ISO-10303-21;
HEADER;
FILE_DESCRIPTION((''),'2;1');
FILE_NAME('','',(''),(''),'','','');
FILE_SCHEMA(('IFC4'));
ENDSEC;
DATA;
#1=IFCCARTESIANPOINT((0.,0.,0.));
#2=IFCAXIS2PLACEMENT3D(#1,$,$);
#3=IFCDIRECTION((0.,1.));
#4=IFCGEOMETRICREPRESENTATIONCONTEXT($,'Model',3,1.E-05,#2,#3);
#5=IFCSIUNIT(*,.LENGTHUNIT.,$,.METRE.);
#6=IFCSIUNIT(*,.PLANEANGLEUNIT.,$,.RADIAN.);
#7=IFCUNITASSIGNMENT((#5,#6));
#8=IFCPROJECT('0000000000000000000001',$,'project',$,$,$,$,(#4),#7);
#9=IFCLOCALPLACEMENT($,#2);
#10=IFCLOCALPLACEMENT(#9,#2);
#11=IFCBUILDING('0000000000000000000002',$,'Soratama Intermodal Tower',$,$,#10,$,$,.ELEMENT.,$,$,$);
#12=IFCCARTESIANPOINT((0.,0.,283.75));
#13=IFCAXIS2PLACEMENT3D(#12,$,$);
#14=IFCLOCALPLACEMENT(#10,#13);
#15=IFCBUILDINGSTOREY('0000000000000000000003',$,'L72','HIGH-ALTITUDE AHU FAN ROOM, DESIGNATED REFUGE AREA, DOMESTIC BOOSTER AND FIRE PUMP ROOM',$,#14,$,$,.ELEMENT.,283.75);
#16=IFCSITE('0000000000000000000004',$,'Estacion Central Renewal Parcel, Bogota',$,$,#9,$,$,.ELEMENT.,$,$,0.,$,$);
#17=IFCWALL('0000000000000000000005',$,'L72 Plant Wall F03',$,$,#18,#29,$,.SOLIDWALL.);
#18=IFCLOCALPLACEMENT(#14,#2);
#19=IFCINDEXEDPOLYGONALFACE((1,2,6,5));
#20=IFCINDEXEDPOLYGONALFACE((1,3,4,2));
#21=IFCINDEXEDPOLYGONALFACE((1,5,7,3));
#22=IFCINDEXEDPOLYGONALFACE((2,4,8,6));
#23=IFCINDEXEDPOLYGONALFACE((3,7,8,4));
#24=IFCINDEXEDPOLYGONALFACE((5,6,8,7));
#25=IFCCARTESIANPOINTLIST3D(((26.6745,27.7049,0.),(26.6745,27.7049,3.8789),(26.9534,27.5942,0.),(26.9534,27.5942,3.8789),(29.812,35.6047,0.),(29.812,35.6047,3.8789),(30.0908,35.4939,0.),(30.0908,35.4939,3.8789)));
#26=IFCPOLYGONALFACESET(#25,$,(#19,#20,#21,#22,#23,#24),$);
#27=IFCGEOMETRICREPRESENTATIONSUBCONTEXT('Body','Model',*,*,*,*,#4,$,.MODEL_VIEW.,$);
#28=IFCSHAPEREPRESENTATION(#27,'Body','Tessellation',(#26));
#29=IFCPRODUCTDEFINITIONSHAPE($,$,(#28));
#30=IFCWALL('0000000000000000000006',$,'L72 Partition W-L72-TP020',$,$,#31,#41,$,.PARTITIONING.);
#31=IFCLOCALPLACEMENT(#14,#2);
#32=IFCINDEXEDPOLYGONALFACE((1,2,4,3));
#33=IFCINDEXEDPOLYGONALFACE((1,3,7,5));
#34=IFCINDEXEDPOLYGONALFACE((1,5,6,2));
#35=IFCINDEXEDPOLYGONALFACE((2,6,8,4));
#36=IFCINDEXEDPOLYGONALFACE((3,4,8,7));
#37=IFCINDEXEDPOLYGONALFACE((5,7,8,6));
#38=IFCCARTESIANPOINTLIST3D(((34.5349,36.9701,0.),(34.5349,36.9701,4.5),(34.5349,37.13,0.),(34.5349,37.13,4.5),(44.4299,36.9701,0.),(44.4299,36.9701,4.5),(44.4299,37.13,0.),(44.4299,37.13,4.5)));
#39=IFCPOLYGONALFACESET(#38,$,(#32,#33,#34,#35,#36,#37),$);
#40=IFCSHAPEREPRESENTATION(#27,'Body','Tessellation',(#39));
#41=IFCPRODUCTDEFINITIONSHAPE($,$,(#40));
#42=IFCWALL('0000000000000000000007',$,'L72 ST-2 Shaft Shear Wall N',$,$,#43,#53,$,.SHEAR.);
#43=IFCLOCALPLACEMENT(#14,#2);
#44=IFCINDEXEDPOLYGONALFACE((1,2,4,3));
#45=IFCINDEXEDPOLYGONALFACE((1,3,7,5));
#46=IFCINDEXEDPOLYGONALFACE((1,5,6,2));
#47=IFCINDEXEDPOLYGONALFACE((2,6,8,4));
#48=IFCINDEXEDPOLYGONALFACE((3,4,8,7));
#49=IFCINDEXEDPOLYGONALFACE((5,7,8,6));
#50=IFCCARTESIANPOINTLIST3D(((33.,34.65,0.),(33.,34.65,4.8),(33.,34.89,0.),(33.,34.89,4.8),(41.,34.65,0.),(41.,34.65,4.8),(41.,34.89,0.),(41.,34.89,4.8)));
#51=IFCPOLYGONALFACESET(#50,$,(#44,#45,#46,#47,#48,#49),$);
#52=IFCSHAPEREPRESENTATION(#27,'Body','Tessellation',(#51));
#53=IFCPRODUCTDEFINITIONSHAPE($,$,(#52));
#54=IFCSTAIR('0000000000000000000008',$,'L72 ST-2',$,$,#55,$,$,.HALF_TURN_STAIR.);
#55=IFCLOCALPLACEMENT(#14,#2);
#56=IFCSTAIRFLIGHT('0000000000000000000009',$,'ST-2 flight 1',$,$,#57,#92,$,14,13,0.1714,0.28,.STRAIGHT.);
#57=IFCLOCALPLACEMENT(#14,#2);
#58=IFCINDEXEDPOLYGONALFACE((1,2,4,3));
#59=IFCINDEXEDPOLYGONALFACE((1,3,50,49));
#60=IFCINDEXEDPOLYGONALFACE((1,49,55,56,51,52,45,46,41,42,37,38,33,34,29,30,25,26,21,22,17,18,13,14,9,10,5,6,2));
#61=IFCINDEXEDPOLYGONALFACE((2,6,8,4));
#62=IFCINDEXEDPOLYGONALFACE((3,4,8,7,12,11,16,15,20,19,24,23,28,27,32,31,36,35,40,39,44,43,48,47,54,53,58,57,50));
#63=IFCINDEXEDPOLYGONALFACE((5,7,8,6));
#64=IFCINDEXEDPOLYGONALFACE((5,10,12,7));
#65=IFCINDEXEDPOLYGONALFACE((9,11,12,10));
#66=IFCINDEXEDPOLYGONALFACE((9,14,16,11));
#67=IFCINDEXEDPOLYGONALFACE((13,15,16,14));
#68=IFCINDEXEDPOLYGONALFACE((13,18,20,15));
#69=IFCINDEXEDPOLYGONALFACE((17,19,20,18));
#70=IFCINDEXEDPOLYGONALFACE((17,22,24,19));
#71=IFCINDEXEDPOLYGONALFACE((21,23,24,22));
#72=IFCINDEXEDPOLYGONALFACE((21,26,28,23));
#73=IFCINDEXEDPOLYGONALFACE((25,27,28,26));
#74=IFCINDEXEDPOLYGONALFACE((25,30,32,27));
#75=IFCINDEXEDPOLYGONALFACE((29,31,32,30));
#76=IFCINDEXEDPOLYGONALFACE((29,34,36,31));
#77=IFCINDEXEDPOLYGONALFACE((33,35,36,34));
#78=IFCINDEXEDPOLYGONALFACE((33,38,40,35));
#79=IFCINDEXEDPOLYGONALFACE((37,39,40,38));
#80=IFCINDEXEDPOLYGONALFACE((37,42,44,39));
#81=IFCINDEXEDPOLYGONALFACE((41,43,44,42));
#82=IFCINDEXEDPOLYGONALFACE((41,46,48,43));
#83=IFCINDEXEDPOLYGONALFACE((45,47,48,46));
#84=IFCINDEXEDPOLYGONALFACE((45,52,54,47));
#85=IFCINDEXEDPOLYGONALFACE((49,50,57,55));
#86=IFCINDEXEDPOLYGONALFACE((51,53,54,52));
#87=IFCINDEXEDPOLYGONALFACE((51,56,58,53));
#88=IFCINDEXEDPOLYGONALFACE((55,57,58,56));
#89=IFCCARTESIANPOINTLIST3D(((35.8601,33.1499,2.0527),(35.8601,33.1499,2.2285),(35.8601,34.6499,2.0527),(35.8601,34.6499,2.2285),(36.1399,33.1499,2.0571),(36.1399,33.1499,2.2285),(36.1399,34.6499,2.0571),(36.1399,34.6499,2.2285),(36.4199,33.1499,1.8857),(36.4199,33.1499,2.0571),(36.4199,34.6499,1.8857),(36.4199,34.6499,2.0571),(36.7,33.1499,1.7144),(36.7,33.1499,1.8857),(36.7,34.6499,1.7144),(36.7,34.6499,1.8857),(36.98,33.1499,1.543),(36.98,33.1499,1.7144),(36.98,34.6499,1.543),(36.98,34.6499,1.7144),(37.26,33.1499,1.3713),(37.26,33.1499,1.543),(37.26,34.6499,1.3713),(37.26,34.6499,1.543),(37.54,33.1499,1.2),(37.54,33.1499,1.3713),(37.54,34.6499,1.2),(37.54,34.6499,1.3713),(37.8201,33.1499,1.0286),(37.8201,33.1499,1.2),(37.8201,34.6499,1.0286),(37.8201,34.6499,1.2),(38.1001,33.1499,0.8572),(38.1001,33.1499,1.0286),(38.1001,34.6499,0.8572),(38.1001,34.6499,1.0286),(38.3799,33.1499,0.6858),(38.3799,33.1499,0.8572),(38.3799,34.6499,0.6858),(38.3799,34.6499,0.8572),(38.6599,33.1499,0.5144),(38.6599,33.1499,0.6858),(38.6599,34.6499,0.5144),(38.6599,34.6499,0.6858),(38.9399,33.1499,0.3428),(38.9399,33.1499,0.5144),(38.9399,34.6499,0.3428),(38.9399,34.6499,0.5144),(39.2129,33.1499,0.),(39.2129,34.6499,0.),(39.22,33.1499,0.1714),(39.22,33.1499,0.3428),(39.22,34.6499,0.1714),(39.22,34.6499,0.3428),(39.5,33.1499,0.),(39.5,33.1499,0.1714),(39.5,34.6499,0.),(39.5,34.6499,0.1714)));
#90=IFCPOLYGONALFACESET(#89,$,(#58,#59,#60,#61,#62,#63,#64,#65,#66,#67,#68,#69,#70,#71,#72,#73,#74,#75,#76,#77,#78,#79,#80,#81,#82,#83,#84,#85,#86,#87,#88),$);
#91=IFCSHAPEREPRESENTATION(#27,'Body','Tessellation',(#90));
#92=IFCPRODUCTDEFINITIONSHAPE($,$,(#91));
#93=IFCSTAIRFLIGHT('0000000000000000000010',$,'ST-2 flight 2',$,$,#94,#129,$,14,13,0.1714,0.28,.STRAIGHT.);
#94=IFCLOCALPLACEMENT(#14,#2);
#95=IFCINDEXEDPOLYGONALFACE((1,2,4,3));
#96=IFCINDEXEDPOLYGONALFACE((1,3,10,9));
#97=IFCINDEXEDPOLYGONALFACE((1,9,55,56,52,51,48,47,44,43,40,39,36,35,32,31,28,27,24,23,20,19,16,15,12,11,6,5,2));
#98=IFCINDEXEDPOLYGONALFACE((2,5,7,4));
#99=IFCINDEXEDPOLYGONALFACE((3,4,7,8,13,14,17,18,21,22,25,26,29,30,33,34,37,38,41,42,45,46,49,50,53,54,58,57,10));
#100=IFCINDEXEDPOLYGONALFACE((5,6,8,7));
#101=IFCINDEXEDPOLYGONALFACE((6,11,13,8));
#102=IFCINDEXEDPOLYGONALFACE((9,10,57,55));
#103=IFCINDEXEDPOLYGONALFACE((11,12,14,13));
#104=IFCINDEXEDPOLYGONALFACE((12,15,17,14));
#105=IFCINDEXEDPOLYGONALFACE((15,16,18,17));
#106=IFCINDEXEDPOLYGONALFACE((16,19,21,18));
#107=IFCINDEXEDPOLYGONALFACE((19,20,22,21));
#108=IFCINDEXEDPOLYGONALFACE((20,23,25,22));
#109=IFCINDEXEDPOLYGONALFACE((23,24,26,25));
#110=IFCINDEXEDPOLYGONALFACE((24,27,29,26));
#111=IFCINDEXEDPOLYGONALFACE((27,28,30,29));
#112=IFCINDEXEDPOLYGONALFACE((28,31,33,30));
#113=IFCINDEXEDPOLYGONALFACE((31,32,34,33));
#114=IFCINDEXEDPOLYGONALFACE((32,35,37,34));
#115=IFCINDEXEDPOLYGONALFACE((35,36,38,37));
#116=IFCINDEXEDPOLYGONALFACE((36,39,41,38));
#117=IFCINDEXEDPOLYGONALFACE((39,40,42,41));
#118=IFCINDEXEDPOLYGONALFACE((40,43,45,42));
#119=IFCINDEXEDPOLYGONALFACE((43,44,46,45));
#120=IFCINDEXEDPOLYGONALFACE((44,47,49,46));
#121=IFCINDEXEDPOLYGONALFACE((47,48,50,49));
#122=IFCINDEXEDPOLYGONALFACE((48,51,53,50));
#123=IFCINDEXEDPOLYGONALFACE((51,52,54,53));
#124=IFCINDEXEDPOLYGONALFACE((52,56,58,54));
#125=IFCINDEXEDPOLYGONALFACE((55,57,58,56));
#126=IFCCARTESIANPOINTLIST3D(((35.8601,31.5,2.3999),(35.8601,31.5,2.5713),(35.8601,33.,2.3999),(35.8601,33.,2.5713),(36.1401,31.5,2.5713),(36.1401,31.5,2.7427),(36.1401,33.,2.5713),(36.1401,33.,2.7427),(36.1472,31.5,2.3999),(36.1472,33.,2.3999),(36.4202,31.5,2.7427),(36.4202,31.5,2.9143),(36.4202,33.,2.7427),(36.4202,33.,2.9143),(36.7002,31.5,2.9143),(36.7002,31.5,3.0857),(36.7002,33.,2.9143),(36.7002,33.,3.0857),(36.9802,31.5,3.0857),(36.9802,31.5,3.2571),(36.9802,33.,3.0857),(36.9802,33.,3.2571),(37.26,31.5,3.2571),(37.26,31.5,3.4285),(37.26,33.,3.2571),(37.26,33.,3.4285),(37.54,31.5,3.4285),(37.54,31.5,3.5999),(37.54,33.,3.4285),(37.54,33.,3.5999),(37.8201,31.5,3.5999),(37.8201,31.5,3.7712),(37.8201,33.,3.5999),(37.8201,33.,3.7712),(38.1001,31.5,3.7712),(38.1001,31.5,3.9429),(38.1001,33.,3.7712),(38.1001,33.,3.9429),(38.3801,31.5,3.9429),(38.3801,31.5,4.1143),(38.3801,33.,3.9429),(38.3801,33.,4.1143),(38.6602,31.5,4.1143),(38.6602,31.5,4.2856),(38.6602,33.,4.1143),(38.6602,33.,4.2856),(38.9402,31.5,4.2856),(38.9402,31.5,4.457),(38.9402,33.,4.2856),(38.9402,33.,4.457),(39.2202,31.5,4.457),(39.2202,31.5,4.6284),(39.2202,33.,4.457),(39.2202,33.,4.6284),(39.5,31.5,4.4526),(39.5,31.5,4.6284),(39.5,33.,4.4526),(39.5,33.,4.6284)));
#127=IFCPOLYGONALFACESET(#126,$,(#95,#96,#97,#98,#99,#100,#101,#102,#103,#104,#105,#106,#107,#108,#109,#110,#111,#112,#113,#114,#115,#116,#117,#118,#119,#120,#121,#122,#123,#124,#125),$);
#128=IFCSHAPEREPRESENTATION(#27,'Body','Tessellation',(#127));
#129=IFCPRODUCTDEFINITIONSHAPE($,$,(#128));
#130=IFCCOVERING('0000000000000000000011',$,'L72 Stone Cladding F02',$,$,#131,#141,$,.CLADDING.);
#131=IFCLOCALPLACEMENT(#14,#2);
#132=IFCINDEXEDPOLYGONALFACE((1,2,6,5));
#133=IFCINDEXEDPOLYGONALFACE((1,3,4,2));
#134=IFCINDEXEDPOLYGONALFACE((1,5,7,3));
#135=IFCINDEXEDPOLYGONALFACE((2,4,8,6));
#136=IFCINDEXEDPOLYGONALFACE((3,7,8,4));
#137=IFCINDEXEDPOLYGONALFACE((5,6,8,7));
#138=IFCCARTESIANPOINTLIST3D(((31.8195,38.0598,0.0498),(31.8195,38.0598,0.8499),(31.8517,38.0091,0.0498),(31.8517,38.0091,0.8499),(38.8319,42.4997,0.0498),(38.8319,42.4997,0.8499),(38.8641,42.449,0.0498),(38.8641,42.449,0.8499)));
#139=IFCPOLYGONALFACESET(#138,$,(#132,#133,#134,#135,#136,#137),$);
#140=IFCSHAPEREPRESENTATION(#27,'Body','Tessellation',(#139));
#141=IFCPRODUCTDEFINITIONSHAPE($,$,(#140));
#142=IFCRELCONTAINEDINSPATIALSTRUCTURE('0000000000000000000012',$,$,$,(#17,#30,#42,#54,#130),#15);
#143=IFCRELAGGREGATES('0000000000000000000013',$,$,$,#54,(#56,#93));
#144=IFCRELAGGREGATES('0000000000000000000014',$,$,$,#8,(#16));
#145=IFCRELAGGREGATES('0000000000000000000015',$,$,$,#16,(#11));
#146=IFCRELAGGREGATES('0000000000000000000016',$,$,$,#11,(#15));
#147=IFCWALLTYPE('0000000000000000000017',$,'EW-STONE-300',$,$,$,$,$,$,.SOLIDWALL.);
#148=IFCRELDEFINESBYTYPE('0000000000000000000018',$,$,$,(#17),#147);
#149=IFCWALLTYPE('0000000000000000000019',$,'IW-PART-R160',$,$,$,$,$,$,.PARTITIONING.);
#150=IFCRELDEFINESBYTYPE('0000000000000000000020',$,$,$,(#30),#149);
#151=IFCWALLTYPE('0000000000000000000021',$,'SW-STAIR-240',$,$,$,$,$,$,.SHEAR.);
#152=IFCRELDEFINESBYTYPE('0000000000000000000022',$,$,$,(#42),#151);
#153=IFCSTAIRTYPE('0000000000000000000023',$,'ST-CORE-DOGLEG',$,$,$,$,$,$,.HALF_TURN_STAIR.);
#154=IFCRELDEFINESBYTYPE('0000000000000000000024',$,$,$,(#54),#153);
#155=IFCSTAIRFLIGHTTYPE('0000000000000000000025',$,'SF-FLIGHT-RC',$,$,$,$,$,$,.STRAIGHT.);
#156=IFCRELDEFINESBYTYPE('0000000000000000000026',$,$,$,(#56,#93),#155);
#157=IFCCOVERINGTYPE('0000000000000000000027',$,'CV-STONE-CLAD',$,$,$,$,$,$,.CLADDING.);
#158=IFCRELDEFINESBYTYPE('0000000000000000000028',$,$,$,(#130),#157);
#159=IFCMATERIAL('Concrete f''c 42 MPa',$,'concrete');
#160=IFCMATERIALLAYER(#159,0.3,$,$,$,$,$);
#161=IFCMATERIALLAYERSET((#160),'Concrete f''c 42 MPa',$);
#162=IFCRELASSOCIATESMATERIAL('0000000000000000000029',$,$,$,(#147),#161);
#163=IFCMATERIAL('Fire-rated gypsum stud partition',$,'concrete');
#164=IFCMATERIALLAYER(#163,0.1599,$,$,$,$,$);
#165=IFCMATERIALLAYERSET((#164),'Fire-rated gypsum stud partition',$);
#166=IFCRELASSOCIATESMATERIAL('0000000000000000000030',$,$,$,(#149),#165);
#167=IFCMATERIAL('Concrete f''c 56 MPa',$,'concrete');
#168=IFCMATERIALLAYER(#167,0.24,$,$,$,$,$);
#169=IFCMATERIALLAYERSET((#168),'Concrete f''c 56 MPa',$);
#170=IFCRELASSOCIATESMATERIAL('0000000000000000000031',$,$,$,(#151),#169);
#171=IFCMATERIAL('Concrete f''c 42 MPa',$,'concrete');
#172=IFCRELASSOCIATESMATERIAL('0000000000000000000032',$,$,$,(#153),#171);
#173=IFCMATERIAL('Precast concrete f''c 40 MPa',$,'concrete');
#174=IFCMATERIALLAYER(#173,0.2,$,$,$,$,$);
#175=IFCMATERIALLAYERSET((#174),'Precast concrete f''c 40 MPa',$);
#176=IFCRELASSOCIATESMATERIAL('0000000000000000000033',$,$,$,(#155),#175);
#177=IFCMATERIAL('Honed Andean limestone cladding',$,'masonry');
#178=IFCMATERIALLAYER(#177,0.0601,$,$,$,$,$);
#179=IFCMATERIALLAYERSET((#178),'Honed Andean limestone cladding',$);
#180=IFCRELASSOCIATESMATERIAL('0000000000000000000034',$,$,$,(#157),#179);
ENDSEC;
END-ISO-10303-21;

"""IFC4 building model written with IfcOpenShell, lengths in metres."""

from ifc_helpers import new_model, si_unit, direction, frame, frame_2d, origin, origin_2d, place, context, subcontext, project, spatial, polyline, rectangle, outline, extrude, material, layer, layer_set, type_object, element, aggregate, save


model = new_model("IFC4")

# Units and contexts
model_context = context("Model", 3, precision=1e-05, world=origin(), true_north=direction((0.0, 1.0)))
body_context = subcontext(model_context, "Body", "Model", "MODEL_VIEW")
ifc_project = project(units=[si_unit("LENGTHUNIT", "METRE"), si_unit("PLANEANGLEUNIT", "RADIAN")], contexts=[model_context])

# Site, building, storey
site_placement = place(None, origin())
site = spatial("IfcSite", under=ifc_project, at=site_placement, Name="Estacion Central Renewal Parcel, Bogota", CompositionType="ELEMENT", RefElevation=0.0)
building_placement = place(site_placement, origin())
building = spatial("IfcBuilding", under=site, at=building_placement, Name="Soratama Intermodal Tower", CompositionType="ELEMENT")
storey_placement = place(building_placement, frame((0.0, 0.0, 283.75)))
storey = spatial("IfcBuildingStorey", under=building, at=storey_placement, Name="L72", Description="HIGH-ALTITUDE AHU FAN ROOM, DESIGNATED REFUGE AREA, DOMESTIC BOOSTER AND FIRE PUMP ROOM", CompositionType="ELEMENT", Elevation=283.75)

# Walls
ifc_material_1 = material(Name="Concrete f'c 42 MPa", Category="concrete")
ifc_layer_1 = layer(ifc_material_1, 0.3)
ifc_layer_set_1 = layer_set([ifc_layer_1], Name="Concrete f'c 42 MPa")
wall_type_1 = type_object("IfcWallType", Name="EW-STONE-300", PredefinedType="SOLIDWALL", material=ifc_layer_set_1)
wall_1_placement = place(storey_placement, frame((29.9514, 35.5493, 0.0), z_axis=(0.0, 0.0, 1.0), x_axis=(-0.369117, -0.929383, 0.0)))
element("IfcWall", 1, at=wall_1_placement, inside=storey, type_object=wall_type_1, Name="L72 Plant Wall F03", PredefinedType="SOLIDWALL", context=body_context, shape_type="SweptSolid", body=[
    extrude(rectangle(XDim=8.5, YDim=0.3, at=frame_2d((4.25, 0.0))), origin(), (0.0, 0.0, 1.0), 3.8789),
])
ifc_material_2 = material(Name="Fire-rated gypsum stud partition", Category="concrete")
ifc_layer_2 = layer(ifc_material_2, 0.1599)
ifc_layer_set_2 = layer_set([ifc_layer_2], Name="Fire-rated gypsum stud partition")
wall_type_2 = type_object("IfcWallType", Name="IW-PART-R160", PredefinedType="PARTITIONING", material=ifc_layer_set_2)
wall_2_placement = place(storey_placement, frame((34.5349, 37.05, 0.0), z_axis=(0.0, 0.0, 1.0), x_axis=(1.0, 0.0, 0.0)))
element("IfcWall", 2, at=wall_2_placement, inside=storey, type_object=wall_type_2, Name="L72 Partition W-L72-TP020", PredefinedType="PARTITIONING", context=body_context, shape_type="SweptSolid", body=[
    extrude(rectangle(XDim=9.895, YDim=0.1599, at=frame_2d((4.9475, 0.0))), origin(), (0.0, 0.0, 1.0), 4.5),
])
ifc_material_3 = material(Name="Concrete f'c 56 MPa", Category="concrete")
ifc_layer_3 = layer(ifc_material_3, 0.24)
ifc_layer_set_3 = layer_set([ifc_layer_3], Name="Concrete f'c 56 MPa")
wall_type_3 = type_object("IfcWallType", Name="SW-STAIR-240", PredefinedType="SHEAR", material=ifc_layer_set_3)
wall_3_placement = place(storey_placement, frame((33.0, 34.77, 0.0), z_axis=(0.0, 0.0, 1.0), x_axis=(1.0, 0.0, 0.0)))
element("IfcWall", 3, at=wall_3_placement, inside=storey, type_object=wall_type_3, Name="L72 ST-2 Shaft Shear Wall N", PredefinedType="SHEAR", context=body_context, shape_type="SweptSolid", body=[
    extrude(rectangle(XDim=8.0, YDim=0.24, at=frame_2d((4.0, 0.0))), origin(), (0.0, 0.0, 1.0), 4.8),
])

# Stair, stair flights
ifc_material_4 = material(Name="Concrete f'c 42 MPa", Category="concrete")
stair_type = type_object("IfcStairType", Name="ST-CORE-DOGLEG", PredefinedType="HALF_TURN_STAIR", material=ifc_material_4)
stair_placement = place(storey_placement, origin())
stair = element("IfcStair", 4, at=stair_placement, inside=storey, type_object=stair_type, Name="L72 ST-2", PredefinedType="HALF_TURN_STAIR")
ifc_material_5 = material(Name="Precast concrete f'c 40 MPa", Category="concrete")
ifc_layer_4 = layer(ifc_material_5, 0.2)
ifc_layer_set_4 = layer_set([ifc_layer_4], Name="Precast concrete f'c 40 MPa")
stair_flight_type = type_object("IfcStairFlightType", Name="SF-FLIGHT-RC", PredefinedType="STRAIGHT", material=ifc_layer_set_4)
stair_flight_1_placement = place(storey_placement, frame((39.5, 33.8999, 0.0), z_axis=(0.0, 0.0, 1.0), x_axis=(-1.0, 0.0, 0.0)))
stair_flight_1 = element("IfcStairFlight", 5, at=stair_flight_1_placement, type_object=stair_flight_type, Name="ST-2 flight 1", NumberOfRisers=14, NumberOfTreads=13, PredefinedType="STRAIGHT", RiserHeight=0.1714, TreadLength=0.28, context=body_context, shape_type="SweptSolid", body=[
    extrude(outline(polyline([(0.0, 0.0), (0.0, 0.1714), (0.28, 0.1714), (0.28, 0.3428), (0.5601, 0.3428), (0.5601, 0.5144), (0.8401, 0.5144), (0.8401, 0.6858), (1.1201, 0.6858), (1.1201, 0.8572), (1.3999, 0.8572), (1.3999, 1.0286), (1.6799, 1.0286), (1.6799, 1.2), (1.96, 1.2), (1.96, 1.3713), (2.24, 1.3713), (2.24, 1.543), (2.52, 1.543), (2.52, 1.7144), (2.8, 1.7144), (2.8, 1.8857), (3.0801, 1.8857), (3.0801, 2.0571), (3.3601, 2.0571), (3.3601, 2.2285), (3.6399, 2.2285), (3.6399, 2.3999), (3.6399, 2.0527), (0.2871, 0.0), (0.0, 0.0)])), frame((0.0, 0.75, 0.0), z_axis=(0.0, -1.0, 0.0), x_axis=(1.0, 0.0, 0.0)), (0.0, 0.0, 1.0), 1.5),
])
stair_flight_2_placement = place(storey_placement, frame((35.8601, 32.25, 2.3999), z_axis=(0.0, 0.0, 1.0), x_axis=(1.0, 0.0, 0.0)))
stair_flight_2 = element("IfcStairFlight", 6, at=stair_flight_2_placement, type_object=stair_flight_type, Name="ST-2 flight 2", NumberOfRisers=14, NumberOfTreads=13, PredefinedType="STRAIGHT", RiserHeight=0.1714, TreadLength=0.28, context=body_context, shape_type="SweptSolid", body=[
    extrude(outline(polyline([(0.0, 0.0), (0.0, 0.1714), (0.28, 0.1714), (0.28, 0.3428), (0.5601, 0.3428), (0.5601, 0.5144), (0.8401, 0.5144), (0.8401, 0.6858), (1.1201, 0.6858), (1.1201, 0.8572), (1.3999, 0.8572), (1.3999, 1.0286), (1.6799, 1.0286), (1.6799, 1.2), (1.96, 1.2), (1.96, 1.3713), (2.24, 1.3713), (2.24, 1.543), (2.52, 1.543), (2.52, 1.7144), (2.8, 1.7144), (2.8, 1.8857), (3.0801, 1.8857), (3.0801, 2.0571), (3.3601, 2.0571), (3.3601, 2.2285), (3.6399, 2.2285), (3.6399, 2.3999), (3.6399, 2.0527), (0.2871, 0.0), (0.0, 0.0)])), frame((0.0, 0.75, 0.0), z_axis=(0.0, -1.0, 0.0), x_axis=(1.0, 0.0, 0.0)), (0.0, 0.0, 1.0), 1.5),
])
aggregate(stair, [stair_flight_1, stair_flight_2])

# Covering
ifc_material_6 = material(Name="Honed Andean limestone cladding", Category="masonry")
ifc_layer_5 = layer(ifc_material_6, 0.0601)
ifc_layer_set_5 = layer_set([ifc_layer_5], Name="Honed Andean limestone cladding")
covering_type = type_object("IfcCoveringType", Name="CV-STONE-CLAD", PredefinedType="CLADDING", material=ifc_layer_set_5)
covering_placement = place(storey_placement, frame((35.3418, 40.2544, 0.0498), z_axis=(0.0, 0.0, 1.0), x_axis=(-0.844889, -0.534942, 0.0)))
element("IfcCovering", 7, at=covering_placement, inside=storey, type_object=covering_type, Name="L72 Stone Cladding F02", PredefinedType="CLADDING", context=body_context, shape_type="SweptSolid", body=[
    extrude(rectangle(XDim=8.2998, YDim=0.0601, at=origin_2d()), origin(), (0.0, 0.0, 1.0), 0.8),
])

save(model, "model.ifc")
